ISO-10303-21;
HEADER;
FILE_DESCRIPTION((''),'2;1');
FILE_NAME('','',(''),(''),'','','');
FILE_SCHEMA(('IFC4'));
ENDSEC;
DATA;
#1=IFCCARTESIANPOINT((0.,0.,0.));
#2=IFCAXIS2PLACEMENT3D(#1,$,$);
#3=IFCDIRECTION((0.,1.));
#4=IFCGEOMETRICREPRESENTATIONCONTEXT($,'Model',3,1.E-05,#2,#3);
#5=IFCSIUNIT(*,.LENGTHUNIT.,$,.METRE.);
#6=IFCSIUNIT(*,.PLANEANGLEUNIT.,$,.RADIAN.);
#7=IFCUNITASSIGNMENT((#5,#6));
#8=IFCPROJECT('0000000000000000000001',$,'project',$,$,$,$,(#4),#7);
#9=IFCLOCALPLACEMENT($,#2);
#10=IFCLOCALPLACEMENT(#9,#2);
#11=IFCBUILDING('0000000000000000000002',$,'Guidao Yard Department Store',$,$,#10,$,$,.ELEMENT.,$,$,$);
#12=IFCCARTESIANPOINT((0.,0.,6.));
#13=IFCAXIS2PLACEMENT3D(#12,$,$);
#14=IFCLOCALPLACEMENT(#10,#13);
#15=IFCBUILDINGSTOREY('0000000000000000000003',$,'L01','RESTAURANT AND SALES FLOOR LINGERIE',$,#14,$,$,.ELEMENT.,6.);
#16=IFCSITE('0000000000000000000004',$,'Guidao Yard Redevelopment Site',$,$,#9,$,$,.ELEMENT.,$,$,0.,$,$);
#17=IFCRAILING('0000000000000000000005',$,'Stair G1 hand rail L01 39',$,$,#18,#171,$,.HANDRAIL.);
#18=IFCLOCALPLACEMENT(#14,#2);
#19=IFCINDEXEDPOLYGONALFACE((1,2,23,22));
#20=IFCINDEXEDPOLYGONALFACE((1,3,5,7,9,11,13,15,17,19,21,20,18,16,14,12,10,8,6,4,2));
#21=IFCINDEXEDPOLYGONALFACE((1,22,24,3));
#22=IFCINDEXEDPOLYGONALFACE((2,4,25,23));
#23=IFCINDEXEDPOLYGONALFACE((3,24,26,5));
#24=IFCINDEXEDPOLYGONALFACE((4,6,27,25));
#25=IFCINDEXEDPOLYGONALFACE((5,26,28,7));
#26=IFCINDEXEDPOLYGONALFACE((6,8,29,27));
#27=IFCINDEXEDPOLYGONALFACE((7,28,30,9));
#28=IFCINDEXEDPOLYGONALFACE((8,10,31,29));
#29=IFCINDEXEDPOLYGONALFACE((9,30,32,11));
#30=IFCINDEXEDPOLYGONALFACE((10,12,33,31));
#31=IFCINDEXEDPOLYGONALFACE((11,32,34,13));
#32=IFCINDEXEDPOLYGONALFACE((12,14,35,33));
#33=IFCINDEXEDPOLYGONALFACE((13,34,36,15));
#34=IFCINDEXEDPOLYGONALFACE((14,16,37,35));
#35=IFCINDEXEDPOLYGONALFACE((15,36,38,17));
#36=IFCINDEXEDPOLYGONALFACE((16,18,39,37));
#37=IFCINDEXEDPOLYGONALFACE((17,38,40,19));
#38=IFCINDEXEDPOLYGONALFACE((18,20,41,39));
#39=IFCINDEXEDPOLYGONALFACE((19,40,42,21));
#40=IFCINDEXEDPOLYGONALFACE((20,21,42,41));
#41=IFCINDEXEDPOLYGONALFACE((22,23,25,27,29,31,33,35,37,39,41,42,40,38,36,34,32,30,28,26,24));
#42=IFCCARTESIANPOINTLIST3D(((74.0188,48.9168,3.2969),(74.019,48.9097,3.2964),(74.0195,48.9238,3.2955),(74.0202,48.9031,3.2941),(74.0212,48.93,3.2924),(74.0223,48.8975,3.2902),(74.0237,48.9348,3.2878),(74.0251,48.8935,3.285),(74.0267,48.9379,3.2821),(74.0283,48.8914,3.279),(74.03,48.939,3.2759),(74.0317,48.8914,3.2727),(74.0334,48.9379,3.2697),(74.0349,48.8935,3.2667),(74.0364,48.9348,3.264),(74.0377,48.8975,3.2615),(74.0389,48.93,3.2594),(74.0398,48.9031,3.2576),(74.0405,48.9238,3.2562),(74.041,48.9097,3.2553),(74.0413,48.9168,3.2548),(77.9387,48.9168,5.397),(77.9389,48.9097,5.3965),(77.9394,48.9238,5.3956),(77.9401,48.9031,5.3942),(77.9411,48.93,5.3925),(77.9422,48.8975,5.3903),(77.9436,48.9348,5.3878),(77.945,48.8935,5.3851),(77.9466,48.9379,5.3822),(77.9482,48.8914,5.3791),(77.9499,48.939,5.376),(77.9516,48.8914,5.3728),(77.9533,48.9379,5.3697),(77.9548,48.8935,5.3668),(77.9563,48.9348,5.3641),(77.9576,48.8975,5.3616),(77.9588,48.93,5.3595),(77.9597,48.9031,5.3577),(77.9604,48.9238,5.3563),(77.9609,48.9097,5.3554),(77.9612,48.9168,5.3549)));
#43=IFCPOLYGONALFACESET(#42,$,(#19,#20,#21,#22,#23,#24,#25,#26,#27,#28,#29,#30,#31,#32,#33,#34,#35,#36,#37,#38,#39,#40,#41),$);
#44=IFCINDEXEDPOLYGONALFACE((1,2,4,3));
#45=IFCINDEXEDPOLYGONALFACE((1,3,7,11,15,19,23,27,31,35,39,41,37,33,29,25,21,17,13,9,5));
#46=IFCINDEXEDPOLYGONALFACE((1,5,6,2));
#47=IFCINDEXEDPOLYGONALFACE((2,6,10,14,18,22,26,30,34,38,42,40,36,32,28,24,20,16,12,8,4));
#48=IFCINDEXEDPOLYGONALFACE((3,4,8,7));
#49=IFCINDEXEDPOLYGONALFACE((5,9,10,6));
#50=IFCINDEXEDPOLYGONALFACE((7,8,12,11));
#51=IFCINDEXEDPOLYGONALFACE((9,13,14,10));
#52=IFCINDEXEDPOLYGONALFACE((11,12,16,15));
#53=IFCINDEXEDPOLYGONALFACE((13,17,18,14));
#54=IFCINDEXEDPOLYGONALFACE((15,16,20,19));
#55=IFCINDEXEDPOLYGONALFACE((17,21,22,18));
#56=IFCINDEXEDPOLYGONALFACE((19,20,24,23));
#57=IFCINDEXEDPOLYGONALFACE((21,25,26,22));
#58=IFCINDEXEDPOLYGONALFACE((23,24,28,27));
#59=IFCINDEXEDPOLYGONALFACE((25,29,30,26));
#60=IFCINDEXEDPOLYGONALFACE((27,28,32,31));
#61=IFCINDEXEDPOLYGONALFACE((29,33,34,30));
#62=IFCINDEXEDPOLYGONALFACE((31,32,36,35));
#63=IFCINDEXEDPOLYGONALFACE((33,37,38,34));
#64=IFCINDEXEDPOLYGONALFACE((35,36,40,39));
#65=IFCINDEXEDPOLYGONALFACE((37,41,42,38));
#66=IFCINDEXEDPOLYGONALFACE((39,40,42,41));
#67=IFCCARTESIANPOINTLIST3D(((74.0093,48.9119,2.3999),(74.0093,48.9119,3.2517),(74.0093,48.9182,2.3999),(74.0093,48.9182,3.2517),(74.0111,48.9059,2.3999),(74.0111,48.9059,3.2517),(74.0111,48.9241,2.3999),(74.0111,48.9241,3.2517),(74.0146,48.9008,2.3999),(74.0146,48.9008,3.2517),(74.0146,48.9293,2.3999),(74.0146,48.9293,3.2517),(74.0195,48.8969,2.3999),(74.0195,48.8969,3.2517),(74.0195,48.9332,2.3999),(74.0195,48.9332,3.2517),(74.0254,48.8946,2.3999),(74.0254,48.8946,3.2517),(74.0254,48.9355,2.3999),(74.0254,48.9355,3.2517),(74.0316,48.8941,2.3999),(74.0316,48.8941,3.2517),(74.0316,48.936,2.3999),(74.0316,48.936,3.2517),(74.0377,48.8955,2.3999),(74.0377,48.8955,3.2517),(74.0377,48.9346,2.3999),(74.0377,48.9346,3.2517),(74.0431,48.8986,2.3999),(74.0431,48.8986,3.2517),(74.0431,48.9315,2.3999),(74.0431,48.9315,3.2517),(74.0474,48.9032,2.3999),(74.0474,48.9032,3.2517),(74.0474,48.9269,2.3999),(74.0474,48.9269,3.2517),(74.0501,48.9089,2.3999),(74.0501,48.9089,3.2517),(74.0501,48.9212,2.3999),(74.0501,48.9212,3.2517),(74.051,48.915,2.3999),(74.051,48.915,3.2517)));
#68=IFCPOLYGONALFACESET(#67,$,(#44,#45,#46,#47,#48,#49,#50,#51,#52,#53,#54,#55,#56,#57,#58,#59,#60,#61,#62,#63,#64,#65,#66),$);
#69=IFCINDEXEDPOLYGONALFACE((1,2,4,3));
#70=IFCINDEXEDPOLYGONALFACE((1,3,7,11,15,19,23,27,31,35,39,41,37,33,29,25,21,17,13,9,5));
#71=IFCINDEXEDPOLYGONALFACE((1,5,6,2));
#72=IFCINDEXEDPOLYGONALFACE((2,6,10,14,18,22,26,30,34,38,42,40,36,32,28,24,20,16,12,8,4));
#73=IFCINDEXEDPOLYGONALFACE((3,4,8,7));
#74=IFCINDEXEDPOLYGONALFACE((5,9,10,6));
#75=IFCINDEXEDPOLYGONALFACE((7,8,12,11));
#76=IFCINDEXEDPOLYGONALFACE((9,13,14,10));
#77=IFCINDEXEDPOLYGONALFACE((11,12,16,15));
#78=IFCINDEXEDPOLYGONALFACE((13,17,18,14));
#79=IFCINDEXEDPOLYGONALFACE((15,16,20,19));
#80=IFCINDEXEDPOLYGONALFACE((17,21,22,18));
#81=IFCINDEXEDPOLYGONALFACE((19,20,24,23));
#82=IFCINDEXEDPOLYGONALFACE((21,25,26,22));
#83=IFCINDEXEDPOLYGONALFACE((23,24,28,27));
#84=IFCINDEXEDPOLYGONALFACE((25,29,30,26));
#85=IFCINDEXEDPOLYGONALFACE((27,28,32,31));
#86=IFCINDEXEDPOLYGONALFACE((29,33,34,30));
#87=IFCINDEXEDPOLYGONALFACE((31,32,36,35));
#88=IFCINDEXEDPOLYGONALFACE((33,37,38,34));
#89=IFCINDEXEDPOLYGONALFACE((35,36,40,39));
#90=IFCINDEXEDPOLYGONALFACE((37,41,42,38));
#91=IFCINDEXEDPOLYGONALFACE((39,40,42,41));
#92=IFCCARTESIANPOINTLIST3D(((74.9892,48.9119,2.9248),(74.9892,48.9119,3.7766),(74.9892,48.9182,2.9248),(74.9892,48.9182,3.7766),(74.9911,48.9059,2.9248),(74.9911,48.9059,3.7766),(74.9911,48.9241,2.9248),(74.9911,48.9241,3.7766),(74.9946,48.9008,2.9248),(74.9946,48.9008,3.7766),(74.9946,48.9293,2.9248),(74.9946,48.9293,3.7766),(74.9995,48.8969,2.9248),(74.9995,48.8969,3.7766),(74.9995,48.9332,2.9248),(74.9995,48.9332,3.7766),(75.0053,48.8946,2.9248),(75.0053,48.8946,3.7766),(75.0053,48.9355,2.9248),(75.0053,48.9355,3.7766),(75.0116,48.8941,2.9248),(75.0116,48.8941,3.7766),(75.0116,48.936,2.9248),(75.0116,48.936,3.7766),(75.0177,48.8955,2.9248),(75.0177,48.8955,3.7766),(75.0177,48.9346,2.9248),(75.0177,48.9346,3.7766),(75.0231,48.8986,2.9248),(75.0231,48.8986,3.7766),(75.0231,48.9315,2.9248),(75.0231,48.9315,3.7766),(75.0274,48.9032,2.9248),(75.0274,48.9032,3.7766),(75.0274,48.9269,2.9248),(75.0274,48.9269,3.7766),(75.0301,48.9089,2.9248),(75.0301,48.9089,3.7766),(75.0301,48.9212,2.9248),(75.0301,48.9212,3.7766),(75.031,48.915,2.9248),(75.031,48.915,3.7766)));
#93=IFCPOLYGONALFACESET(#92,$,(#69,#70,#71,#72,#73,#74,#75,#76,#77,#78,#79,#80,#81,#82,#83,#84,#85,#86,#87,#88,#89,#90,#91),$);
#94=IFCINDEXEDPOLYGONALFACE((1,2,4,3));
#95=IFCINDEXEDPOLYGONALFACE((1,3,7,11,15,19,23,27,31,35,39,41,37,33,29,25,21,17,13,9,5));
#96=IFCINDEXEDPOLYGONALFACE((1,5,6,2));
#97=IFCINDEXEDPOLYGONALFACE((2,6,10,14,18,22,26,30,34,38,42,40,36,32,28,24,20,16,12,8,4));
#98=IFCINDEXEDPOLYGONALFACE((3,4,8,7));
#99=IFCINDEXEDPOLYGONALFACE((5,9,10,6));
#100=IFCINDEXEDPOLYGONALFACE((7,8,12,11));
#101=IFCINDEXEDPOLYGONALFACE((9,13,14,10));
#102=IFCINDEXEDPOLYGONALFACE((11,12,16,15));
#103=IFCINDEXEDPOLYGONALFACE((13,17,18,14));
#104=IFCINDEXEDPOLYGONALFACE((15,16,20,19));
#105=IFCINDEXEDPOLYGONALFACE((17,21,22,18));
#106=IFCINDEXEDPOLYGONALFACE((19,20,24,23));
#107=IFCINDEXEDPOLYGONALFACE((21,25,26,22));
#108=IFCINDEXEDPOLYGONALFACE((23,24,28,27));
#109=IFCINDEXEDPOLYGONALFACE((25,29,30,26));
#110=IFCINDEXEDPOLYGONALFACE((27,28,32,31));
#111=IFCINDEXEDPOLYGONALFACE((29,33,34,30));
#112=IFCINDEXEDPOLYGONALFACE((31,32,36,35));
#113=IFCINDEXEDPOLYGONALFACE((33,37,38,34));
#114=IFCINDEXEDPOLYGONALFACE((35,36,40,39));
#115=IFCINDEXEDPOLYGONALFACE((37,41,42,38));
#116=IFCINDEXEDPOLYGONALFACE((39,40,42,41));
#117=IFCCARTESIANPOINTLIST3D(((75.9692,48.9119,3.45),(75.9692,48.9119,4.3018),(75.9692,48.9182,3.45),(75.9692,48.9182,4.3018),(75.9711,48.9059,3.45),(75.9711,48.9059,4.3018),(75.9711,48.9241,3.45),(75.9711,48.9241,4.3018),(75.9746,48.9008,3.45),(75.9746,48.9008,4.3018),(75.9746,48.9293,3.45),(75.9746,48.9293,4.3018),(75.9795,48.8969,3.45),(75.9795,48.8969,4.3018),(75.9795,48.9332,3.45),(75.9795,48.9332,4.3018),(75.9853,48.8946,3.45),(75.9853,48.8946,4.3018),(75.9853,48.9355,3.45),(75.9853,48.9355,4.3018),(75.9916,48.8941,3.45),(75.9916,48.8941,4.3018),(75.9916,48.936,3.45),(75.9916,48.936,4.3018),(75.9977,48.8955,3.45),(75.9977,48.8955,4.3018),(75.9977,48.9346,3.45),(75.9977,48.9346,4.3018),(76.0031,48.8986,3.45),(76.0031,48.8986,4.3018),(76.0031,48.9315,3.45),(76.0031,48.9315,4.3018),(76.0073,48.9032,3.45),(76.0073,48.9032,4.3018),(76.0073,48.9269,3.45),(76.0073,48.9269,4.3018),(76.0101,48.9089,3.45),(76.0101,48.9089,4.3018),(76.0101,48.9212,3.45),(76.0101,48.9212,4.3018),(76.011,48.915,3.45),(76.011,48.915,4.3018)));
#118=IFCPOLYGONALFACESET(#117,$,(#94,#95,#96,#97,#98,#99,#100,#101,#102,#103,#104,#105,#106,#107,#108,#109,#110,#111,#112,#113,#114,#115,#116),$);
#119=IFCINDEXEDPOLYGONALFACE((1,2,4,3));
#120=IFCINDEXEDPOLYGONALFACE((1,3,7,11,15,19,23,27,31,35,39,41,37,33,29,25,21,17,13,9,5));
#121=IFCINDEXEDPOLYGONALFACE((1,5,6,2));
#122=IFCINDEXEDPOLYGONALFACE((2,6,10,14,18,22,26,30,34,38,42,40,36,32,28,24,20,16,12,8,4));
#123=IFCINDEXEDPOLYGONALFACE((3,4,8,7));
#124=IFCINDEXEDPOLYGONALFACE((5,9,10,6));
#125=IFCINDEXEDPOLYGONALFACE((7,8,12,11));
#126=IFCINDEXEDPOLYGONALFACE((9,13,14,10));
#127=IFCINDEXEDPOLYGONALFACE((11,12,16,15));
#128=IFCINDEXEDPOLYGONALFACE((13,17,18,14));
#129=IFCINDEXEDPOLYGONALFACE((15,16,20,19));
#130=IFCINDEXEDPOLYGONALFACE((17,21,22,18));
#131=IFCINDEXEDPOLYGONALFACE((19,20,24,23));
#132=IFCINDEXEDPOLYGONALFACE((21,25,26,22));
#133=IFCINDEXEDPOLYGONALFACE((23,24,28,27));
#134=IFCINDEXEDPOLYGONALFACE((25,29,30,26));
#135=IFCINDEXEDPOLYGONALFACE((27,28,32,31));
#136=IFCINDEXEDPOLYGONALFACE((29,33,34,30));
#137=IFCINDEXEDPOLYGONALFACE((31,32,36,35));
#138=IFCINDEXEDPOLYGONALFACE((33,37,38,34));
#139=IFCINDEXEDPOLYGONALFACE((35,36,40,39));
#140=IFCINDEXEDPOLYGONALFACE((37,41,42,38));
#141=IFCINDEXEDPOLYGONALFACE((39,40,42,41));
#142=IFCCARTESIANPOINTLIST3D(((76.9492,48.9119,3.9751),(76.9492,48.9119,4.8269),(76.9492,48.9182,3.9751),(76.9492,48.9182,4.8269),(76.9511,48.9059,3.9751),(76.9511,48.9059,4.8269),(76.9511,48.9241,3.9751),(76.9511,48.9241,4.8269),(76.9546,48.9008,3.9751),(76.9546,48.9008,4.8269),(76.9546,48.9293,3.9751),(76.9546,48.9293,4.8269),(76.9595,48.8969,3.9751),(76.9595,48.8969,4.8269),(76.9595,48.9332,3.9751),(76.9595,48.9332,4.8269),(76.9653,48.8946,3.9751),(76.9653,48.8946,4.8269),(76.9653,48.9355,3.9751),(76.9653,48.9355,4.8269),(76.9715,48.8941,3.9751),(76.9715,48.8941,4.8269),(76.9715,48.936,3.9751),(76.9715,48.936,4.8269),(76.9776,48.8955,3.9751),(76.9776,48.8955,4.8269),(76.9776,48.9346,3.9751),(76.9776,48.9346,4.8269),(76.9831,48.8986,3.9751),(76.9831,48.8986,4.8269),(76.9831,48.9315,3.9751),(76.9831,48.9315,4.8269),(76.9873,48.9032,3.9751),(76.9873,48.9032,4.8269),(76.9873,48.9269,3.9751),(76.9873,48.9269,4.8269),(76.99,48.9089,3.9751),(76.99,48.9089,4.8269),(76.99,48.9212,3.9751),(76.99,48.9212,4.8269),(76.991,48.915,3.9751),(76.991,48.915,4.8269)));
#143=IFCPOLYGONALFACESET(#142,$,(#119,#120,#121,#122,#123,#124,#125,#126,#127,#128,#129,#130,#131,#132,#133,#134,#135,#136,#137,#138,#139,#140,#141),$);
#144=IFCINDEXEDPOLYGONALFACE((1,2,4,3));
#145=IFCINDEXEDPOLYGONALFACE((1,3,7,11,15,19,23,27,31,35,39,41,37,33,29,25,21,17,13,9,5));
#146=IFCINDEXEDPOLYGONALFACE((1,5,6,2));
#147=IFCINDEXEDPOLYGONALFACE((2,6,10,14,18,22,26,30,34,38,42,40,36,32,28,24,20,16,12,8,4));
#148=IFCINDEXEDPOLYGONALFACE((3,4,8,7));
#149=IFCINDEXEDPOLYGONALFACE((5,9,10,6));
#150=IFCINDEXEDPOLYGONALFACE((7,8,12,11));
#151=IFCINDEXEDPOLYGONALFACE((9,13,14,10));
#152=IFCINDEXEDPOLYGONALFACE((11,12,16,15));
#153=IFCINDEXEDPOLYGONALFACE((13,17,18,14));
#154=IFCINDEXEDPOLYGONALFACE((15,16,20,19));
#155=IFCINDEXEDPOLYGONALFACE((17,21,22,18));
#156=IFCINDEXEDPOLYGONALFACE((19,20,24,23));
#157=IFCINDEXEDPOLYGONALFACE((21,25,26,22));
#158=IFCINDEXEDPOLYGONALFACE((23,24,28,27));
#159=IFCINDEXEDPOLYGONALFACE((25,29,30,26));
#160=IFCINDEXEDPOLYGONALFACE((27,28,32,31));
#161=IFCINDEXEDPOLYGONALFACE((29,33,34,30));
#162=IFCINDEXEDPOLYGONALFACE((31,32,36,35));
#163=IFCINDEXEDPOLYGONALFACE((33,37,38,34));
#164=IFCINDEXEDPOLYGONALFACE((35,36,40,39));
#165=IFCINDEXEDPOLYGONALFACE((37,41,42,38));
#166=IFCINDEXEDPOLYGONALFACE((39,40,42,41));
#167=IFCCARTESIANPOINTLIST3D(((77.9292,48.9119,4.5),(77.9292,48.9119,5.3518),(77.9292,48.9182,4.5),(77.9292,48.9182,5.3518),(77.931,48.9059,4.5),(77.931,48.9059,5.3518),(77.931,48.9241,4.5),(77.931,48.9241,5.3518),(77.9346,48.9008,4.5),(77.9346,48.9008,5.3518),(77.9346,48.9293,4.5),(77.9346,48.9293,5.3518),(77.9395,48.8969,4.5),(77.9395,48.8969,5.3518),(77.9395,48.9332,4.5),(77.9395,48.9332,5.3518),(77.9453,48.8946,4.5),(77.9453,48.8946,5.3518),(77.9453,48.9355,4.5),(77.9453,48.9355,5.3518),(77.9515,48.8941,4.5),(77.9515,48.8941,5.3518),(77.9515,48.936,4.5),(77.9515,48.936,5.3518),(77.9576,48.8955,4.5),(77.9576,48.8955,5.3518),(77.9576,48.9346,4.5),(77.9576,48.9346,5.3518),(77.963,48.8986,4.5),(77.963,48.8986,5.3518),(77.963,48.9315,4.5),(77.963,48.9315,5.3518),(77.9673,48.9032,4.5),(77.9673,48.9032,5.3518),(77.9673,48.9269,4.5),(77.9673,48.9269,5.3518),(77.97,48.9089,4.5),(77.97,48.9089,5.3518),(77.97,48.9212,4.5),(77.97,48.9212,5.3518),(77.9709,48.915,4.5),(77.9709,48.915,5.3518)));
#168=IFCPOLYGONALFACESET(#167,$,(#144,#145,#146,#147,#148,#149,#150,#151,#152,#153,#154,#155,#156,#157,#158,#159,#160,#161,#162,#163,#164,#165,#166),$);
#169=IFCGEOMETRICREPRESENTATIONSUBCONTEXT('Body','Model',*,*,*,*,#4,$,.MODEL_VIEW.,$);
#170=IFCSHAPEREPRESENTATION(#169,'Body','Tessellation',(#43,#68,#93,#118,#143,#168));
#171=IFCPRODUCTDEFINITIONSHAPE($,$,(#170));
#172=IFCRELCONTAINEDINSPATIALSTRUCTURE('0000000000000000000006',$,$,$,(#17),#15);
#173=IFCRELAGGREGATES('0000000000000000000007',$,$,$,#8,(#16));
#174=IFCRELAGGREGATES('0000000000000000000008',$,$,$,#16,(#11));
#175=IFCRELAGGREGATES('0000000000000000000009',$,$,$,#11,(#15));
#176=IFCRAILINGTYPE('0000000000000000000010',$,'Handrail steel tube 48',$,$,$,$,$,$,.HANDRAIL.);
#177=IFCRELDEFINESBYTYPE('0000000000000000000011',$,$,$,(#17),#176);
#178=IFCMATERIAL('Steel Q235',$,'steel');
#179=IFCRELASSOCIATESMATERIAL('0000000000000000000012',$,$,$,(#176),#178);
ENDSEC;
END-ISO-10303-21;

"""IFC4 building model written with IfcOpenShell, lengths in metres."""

from ifc_helpers import new_model, si_unit, direction, frame, origin, origin_2d, place, context, subcontext, project, spatial, circle, extrude, material, type_object, element, save


model = new_model("IFC4")

# Units and contexts
model_context = context("Model", 3, precision=1e-05, world=origin(), true_north=direction((0.0, 1.0)))
body_context = subcontext(model_context, "Body", "Model", "MODEL_VIEW")
ifc_project = project(units=[si_unit("LENGTHUNIT", "METRE"), si_unit("PLANEANGLEUNIT", "RADIAN")], contexts=[model_context])

# Site, building, storey
site_placement = place(None, origin())
site = spatial("IfcSite", under=ifc_project, at=site_placement, Name="Guidao Yard Redevelopment Site", CompositionType="ELEMENT", RefElevation=0.0)
building_placement = place(site_placement, origin())
building = spatial("IfcBuilding", under=site, at=building_placement, Name="Guidao Yard Department Store", CompositionType="ELEMENT")
storey_placement = place(building_placement, frame((0.0, 0.0, 6.0)))
storey = spatial("IfcBuildingStorey", under=building, at=storey_placement, Name="L01", Description="RESTAURANT AND SALES FLOOR LINGERIE", CompositionType="ELEMENT", Elevation=6.0)

# Railing
ifc_material_1 = material(Name="Steel Q235", Category="steel")
railing_type_1 = type_object("IfcRailingType", Name="Handrail steel tube 48", PredefinedType="HANDRAIL", material=ifc_material_1)
for number, where, name in (
    (1, (74.03, 48.915, 2.3999), "Stair G1 hand rail L01 39"),
):
    element("IfcRailing", number, at=place(storey_placement, frame(where)), inside=storey, type_object=railing_type_1, Name=name, PredefinedType="HANDRAIL", context=body_context, shape_type="SweptSolid", body=[
        extrude(circle(Radius=0.0239, at=origin_2d()), frame((0.0, 0.0, 0.876), z_axis=(0.881467, 0.0, 0.472246), x_axis=(0.0, 1.0, 0.0)), (0.0, 0.0, 1.0), 4.447),
        extrude(circle(Radius=0.021, at=origin_2d()), origin(), (0.0, 0.0, 1.0), 0.8518),
        extrude(circle(Radius=0.021, at=origin_2d()), frame((0.98, 0.0, 0.5249)), (0.0, 0.0, 1.0), 0.8518),
        extrude(circle(Radius=0.021, at=origin_2d()), frame((1.96, 0.0, 1.05)), (0.0, 0.0, 1.0), 0.8518),
        extrude(circle(Radius=0.021, at=origin_2d()), frame((2.9399, 0.0, 1.5752)), (0.0, 0.0, 1.0), 0.8518),
        extrude(circle(Radius=0.021, at=origin_2d()), frame((3.9199, 0.0, 2.1001)), (0.0, 0.0, 1.0), 0.8518),
    ])

save(model, "model.ifc")
